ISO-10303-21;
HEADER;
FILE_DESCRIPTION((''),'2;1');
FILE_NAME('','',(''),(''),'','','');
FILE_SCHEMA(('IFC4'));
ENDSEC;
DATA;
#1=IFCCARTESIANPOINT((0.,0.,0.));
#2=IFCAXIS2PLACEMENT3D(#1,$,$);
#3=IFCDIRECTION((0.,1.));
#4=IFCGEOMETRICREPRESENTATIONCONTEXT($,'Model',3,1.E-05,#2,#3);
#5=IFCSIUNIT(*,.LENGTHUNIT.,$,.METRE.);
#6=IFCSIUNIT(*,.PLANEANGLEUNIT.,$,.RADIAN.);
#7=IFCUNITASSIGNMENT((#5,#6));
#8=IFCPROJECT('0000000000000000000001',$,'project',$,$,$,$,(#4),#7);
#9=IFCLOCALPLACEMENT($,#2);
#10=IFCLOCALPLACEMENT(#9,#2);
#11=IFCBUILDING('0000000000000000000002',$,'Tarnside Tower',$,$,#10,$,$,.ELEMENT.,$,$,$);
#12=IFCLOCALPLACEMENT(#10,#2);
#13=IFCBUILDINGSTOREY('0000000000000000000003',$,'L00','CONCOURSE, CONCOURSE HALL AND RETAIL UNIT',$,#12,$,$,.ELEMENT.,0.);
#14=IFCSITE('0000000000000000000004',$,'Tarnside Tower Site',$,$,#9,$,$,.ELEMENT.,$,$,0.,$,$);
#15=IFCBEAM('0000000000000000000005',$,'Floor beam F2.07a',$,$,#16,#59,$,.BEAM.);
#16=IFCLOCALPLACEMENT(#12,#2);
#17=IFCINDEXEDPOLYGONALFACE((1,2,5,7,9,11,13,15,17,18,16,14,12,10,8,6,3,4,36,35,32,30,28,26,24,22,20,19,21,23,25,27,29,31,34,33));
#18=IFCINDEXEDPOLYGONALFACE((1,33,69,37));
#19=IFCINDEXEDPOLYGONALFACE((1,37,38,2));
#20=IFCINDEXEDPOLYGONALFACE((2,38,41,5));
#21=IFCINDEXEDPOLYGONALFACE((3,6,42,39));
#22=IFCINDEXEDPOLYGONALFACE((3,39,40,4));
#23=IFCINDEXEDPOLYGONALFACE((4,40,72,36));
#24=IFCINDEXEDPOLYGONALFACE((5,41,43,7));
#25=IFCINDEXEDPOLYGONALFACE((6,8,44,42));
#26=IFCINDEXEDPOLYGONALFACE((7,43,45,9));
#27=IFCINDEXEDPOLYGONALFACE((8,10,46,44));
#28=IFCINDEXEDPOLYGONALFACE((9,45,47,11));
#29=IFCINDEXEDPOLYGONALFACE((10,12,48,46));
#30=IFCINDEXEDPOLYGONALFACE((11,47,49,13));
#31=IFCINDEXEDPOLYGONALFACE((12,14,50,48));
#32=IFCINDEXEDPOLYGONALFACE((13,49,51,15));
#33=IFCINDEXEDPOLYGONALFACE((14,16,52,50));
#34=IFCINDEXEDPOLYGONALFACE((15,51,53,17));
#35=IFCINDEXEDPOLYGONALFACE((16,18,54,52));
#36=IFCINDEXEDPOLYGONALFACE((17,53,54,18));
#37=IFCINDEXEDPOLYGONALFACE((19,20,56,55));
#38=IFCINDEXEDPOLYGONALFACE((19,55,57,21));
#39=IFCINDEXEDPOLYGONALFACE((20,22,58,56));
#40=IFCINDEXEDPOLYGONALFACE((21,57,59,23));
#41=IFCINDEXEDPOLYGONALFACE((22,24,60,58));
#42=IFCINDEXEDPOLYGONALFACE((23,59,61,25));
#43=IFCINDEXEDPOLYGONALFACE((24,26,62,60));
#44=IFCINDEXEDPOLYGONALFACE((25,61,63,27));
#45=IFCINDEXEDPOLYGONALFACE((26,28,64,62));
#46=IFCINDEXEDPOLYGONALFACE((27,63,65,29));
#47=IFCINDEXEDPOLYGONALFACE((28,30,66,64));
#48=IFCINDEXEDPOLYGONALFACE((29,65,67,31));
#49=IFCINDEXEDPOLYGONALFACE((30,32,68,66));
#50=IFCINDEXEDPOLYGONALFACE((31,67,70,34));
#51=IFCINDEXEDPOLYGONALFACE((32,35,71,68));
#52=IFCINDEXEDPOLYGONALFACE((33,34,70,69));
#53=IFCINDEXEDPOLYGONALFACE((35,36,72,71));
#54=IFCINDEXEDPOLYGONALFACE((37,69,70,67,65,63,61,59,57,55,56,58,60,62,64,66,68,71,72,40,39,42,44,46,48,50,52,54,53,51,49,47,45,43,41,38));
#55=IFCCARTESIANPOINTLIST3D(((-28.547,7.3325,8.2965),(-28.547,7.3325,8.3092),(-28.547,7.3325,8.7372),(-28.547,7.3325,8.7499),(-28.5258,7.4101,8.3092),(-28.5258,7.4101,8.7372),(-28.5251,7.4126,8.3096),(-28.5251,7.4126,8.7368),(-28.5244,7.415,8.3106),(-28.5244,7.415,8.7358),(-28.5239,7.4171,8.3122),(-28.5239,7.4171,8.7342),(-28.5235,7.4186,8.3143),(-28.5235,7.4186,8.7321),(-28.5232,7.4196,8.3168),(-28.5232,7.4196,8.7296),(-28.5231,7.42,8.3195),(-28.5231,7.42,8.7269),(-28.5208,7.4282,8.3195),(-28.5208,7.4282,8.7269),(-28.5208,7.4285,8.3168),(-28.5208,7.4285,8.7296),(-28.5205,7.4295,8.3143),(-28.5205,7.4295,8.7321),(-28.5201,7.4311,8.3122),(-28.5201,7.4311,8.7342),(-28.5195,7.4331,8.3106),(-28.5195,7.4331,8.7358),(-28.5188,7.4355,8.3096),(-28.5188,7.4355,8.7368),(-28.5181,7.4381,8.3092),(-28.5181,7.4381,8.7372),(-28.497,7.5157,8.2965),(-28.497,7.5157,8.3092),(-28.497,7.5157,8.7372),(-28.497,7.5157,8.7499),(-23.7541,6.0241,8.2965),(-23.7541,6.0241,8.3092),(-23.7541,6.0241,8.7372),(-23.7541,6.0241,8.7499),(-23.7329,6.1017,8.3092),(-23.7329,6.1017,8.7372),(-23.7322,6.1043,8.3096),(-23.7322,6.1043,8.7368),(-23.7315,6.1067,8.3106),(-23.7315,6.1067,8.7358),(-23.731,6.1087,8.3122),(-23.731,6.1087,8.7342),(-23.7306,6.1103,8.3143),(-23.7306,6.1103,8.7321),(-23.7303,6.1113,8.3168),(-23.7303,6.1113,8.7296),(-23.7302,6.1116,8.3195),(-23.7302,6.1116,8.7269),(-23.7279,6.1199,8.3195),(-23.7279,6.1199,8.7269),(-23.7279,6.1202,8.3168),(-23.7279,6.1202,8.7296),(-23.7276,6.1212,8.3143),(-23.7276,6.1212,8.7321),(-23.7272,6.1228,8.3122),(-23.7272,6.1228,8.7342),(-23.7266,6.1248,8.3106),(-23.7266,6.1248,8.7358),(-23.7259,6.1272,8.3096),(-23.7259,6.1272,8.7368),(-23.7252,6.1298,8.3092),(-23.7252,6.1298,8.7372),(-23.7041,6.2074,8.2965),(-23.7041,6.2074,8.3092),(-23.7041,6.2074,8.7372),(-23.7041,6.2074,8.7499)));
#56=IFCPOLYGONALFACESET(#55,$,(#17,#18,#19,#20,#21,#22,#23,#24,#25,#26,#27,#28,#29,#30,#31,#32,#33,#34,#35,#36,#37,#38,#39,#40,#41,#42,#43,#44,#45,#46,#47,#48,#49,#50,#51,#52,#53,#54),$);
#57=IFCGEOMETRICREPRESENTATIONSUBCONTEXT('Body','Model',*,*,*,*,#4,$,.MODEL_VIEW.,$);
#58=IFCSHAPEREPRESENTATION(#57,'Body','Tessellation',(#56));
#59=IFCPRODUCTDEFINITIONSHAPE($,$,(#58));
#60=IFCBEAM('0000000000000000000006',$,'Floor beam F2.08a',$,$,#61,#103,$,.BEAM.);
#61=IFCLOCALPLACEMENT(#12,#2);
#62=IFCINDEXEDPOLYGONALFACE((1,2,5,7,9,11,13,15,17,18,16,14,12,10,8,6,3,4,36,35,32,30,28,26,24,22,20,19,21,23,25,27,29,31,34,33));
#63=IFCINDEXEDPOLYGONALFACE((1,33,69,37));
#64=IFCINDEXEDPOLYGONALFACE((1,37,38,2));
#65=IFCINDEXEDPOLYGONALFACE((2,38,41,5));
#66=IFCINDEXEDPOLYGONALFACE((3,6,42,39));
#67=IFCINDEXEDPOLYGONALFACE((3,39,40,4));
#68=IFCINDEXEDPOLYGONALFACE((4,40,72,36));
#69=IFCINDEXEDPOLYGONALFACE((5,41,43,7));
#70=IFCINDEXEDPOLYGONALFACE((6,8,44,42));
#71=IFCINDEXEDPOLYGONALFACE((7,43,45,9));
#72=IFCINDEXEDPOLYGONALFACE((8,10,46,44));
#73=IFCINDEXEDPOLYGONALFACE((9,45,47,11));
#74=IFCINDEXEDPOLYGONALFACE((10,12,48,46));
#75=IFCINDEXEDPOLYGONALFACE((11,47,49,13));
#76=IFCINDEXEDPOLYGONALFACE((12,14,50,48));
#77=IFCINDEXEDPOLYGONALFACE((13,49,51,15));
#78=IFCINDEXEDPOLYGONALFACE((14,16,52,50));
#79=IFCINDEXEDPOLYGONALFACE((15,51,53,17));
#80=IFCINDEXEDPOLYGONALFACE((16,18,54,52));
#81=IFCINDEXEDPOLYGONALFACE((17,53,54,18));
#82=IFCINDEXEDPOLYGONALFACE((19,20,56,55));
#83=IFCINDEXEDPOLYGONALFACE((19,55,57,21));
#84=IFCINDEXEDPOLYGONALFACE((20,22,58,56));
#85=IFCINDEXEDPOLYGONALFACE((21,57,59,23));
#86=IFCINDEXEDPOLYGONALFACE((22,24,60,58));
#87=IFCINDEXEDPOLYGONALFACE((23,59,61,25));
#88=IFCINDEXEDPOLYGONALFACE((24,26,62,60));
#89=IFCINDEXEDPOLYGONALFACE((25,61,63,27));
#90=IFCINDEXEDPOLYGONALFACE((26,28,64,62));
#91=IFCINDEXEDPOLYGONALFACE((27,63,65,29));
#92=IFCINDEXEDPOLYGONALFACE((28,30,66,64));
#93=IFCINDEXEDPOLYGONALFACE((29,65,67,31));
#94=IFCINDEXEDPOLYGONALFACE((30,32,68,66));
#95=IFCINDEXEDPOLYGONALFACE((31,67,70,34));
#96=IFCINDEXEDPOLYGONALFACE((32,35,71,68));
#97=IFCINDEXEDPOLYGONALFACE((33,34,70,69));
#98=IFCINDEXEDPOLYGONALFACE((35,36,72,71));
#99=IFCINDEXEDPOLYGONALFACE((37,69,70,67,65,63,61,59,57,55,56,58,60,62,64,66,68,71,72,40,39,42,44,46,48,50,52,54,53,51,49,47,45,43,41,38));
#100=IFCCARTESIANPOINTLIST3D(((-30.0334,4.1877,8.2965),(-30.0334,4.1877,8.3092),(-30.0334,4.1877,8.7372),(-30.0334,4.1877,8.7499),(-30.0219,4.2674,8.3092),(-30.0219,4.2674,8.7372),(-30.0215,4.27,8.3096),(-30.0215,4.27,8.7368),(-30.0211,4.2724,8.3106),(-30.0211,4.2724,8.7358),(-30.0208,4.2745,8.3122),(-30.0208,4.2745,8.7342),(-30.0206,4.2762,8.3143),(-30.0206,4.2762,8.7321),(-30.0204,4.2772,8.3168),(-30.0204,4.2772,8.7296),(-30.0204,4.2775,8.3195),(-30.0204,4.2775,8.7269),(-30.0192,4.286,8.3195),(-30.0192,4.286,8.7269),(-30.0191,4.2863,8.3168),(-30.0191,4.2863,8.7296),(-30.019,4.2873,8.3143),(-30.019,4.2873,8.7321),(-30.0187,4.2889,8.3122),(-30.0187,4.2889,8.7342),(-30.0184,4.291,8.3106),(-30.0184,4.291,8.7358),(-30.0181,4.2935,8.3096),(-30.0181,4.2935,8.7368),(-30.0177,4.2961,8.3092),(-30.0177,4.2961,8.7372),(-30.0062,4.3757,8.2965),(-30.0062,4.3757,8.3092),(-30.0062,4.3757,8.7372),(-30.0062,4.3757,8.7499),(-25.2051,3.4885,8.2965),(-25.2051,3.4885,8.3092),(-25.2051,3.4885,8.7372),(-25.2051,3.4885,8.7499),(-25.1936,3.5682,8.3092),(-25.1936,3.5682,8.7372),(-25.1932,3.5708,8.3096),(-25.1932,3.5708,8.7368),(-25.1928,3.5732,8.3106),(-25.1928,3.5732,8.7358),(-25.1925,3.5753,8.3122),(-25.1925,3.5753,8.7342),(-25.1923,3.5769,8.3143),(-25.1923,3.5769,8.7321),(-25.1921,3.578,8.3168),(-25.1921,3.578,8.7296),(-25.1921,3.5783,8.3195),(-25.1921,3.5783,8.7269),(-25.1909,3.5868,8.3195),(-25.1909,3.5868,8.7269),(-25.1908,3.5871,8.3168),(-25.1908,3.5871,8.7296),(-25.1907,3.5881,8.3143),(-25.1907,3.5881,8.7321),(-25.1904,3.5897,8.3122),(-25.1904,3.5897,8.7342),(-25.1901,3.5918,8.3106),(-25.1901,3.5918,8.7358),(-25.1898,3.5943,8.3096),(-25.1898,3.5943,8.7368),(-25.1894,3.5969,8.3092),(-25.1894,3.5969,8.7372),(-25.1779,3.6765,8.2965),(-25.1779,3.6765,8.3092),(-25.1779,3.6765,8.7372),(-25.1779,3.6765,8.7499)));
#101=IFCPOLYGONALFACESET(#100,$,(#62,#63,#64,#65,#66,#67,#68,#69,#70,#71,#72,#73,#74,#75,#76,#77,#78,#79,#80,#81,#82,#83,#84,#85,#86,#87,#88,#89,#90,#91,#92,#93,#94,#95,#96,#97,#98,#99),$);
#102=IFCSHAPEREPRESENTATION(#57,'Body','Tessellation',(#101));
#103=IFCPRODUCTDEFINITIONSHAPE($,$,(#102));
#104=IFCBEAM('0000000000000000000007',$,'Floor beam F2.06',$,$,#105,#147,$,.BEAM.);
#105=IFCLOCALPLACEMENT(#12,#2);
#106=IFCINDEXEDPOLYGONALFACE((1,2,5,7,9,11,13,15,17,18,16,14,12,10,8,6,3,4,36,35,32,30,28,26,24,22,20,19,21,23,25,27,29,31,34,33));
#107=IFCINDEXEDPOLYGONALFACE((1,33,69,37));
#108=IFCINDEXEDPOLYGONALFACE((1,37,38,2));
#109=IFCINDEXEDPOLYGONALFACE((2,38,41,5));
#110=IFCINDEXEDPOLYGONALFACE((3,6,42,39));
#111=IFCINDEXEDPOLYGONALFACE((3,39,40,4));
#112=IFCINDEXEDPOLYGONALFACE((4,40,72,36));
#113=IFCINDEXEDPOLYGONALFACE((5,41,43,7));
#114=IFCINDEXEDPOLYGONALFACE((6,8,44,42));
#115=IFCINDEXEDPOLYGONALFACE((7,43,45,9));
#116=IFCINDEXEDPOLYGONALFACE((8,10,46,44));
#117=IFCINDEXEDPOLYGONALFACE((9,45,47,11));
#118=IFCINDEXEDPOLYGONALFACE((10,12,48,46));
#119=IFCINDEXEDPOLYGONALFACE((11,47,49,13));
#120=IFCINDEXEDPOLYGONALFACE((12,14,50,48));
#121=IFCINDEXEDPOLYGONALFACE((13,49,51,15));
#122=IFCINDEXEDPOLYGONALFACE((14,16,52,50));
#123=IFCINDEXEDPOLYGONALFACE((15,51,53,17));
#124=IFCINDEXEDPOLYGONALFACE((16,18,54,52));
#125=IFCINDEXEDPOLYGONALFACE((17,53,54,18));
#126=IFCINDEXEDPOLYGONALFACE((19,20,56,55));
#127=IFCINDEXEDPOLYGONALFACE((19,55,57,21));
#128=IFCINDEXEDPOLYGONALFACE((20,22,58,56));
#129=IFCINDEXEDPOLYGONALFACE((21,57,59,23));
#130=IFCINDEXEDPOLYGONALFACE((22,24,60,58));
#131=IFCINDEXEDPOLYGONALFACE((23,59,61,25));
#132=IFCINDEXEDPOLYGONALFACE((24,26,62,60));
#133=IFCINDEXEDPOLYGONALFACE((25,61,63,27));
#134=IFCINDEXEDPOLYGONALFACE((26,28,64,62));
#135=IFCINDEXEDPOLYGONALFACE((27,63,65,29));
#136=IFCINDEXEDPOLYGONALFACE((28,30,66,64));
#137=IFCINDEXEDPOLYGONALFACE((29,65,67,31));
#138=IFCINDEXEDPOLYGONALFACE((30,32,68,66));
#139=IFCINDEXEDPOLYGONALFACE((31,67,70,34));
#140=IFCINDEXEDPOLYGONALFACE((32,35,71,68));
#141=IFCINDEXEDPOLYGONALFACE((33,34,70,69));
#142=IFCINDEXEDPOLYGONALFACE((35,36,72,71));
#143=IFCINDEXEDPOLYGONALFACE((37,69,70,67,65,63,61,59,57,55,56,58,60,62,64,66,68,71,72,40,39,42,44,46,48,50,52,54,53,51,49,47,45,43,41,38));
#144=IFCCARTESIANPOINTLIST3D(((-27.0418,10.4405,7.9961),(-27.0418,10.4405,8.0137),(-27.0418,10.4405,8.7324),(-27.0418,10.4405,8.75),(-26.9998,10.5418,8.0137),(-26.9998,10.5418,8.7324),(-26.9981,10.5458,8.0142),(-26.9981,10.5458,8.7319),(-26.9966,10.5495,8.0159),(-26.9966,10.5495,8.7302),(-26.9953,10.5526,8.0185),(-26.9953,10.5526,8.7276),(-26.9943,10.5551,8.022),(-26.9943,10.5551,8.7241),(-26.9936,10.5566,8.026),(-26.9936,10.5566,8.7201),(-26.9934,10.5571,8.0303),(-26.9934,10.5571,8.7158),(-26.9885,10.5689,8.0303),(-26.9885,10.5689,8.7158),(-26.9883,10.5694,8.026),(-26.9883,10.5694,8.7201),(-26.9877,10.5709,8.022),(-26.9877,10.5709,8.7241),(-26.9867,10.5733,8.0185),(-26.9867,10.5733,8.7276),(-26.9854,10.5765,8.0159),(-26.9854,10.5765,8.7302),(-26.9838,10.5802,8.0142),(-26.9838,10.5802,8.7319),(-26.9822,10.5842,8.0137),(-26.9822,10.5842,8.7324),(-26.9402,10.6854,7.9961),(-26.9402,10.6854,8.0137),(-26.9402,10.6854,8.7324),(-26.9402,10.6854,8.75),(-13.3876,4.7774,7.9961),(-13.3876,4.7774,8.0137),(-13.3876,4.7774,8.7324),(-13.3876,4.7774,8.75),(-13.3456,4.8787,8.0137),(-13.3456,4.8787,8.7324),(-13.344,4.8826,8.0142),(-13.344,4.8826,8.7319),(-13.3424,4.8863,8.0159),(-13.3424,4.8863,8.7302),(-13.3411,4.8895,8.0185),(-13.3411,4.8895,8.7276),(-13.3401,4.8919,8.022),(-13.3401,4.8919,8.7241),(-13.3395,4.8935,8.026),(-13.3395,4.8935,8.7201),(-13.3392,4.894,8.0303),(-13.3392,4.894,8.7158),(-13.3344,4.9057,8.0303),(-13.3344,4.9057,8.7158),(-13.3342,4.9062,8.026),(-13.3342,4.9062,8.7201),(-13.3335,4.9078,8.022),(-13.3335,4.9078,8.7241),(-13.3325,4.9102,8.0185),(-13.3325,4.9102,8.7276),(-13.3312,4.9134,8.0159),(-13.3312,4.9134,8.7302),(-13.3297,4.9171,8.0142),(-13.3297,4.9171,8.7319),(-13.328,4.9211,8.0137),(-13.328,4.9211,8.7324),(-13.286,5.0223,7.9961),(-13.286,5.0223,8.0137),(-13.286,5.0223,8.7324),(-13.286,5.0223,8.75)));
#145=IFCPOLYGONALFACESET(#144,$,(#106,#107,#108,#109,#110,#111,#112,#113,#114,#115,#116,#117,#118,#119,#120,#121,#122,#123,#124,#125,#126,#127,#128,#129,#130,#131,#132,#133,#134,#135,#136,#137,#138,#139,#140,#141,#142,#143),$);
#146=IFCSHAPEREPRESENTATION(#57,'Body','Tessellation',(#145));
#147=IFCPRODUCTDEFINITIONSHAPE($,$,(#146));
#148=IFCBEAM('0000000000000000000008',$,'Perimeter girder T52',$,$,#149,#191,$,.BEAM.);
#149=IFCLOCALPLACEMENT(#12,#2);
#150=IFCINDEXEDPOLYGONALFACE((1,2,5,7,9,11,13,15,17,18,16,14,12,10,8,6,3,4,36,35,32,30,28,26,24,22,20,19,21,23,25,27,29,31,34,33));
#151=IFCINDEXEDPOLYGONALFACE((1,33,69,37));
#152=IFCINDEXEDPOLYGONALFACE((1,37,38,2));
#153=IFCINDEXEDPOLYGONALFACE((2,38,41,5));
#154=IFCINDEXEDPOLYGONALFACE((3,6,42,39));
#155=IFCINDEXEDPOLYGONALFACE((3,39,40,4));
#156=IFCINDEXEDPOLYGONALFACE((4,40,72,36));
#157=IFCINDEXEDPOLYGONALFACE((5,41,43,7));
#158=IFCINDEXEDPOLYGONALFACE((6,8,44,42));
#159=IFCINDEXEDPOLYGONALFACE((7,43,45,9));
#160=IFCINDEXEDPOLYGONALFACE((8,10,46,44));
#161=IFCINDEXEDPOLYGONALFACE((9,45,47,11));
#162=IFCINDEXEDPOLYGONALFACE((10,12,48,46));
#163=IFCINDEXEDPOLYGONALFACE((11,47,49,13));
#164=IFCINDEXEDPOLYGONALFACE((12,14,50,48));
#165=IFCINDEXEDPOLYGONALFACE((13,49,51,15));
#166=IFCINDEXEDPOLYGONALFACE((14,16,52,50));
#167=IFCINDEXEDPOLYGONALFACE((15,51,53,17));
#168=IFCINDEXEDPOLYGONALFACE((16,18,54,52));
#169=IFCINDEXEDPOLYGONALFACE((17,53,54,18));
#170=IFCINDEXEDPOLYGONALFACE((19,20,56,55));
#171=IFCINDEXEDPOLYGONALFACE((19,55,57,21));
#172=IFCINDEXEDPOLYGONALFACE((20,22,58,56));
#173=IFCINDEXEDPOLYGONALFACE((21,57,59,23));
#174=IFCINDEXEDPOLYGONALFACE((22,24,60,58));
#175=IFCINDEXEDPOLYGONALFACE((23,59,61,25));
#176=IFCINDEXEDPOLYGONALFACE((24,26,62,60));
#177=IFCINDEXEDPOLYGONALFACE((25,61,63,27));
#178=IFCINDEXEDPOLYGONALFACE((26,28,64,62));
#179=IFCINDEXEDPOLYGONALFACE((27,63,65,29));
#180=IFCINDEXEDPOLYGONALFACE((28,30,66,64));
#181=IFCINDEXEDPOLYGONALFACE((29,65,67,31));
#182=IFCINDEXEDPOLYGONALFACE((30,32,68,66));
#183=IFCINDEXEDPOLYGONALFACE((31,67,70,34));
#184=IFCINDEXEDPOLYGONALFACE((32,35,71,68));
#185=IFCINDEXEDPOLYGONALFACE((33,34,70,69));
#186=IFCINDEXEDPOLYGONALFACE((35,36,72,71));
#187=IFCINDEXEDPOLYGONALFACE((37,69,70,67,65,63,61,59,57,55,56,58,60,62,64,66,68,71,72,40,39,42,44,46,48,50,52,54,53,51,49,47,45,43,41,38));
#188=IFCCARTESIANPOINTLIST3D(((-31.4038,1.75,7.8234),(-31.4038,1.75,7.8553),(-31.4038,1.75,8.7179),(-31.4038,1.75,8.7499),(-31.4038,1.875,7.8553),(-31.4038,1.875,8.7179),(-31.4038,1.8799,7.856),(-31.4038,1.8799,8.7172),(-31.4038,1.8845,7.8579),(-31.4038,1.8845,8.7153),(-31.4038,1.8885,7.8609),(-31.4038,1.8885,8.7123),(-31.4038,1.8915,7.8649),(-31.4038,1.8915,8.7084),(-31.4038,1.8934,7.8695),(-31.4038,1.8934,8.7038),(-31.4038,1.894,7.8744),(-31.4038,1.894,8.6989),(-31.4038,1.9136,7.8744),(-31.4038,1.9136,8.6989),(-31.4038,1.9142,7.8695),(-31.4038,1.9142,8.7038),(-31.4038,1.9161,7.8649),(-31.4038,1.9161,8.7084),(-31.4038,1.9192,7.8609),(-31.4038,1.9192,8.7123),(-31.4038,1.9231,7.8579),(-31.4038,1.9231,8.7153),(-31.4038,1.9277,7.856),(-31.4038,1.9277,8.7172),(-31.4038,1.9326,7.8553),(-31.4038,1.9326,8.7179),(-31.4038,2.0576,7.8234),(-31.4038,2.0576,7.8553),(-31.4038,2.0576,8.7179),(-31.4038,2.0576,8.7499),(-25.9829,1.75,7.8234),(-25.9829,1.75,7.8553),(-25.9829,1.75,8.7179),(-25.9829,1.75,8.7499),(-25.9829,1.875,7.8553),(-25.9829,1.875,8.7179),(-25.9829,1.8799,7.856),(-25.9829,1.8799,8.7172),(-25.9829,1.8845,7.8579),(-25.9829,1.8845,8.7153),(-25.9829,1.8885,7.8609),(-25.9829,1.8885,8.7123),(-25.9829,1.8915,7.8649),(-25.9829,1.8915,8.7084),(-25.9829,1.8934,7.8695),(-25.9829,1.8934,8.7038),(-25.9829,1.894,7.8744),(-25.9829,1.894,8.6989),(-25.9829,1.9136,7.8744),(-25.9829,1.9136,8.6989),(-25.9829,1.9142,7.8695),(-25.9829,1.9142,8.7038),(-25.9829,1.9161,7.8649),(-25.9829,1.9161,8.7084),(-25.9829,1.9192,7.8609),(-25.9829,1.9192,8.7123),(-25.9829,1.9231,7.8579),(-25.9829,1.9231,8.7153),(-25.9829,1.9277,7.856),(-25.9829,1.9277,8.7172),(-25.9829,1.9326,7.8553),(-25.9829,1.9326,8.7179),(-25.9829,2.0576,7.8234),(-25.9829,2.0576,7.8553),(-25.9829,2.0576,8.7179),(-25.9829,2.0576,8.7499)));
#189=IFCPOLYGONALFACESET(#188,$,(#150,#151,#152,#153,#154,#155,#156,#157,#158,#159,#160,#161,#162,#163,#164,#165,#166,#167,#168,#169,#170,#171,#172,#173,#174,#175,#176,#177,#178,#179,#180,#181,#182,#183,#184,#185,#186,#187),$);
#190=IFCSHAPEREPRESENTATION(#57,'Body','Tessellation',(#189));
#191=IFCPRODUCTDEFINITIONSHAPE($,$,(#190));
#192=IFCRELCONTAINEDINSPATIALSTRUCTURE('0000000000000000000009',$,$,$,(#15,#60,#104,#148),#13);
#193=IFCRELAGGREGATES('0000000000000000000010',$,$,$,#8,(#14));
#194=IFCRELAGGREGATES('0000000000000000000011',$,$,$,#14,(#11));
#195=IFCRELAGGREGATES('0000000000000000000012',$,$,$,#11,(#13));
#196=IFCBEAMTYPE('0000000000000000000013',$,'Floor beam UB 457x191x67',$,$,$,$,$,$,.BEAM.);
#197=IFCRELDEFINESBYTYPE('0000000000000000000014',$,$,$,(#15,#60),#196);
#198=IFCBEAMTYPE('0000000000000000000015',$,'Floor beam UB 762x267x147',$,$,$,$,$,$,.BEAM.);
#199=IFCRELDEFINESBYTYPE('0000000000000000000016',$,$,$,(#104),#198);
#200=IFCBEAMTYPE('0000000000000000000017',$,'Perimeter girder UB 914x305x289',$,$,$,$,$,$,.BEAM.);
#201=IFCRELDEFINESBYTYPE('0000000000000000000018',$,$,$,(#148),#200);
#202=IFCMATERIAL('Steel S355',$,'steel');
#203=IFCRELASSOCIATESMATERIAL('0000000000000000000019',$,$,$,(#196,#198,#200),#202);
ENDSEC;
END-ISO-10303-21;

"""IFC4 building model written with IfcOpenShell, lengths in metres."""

from ifc_helpers import new_model, si_unit, direction, frame, origin, origin_2d, place, context, subcontext, project, spatial, i_section, extrude, material, material_profile, profile_set, type_object, element, save


model = new_model("IFC4")

# Units and contexts
model_context = context("Model", 3, precision=1e-05, world=origin(), true_north=direction((0.0, 1.0)))
body_context = subcontext(model_context, "Body", "Model", "MODEL_VIEW")
ifc_project = project(units=[si_unit("LENGTHUNIT", "METRE"), si_unit("PLANEANGLEUNIT", "RADIAN")], contexts=[model_context])

# Site, building, storey
site_placement = place(None, origin())
site = spatial("IfcSite", under=ifc_project, at=site_placement, Name="Tarnside Tower Site", CompositionType="ELEMENT", RefElevation=0.0)
building_placement = place(site_placement, origin())
building = spatial("IfcBuilding", under=site, at=building_placement, Name="Tarnside Tower", CompositionType="ELEMENT")
storey_placement = place(building_placement, origin())
storey = spatial("IfcBuildingStorey", under=building, at=storey_placement, Name="L00", Description="CONCOURSE, CONCOURSE HALL AND RETAIL UNIT", CompositionType="ELEMENT", Elevation=0.0)

# Beams
ifc_material_1 = material(Name="Steel S355", Category="steel")
ifc_material_profile_1 = material_profile(ifc_material_1, i_section(OverallWidth=0.1899, OverallDepth=0.4534, WebThickness=0.0085, FlangeThickness=0.0127, FilletRadius=0.0103, at=origin_2d()), Name="UB 457x191x67")
ifc_profile_set_1 = profile_set([ifc_material_profile_1], Name="Steel S355")
beam_type_1 = type_object("IfcBeamType", Name="Floor beam UB 457x191x67", PredefinedType="BEAM", material=ifc_profile_set_1)
beam_1_placement = place(storey_placement, frame((-28.522, 7.4241, 8.5232), z_axis=(0.964704, -0.263338, 0.0), x_axis=(0.263338, 0.964704, 0.0)))
element("IfcBeam", 1, at=beam_1_placement, inside=storey, type_object=beam_type_1, Name="Floor beam F2.07a", PredefinedType="BEAM", context=body_context, shape_type="SweptSolid", body=[
    extrude(i_section(OverallWidth=0.1899, OverallDepth=0.4534, WebThickness=0.0085, FlangeThickness=0.0127, FilletRadius=0.0103, at=origin_2d()), origin(), (0.0, 0.0, 1.0), 4.9683),
])
beam_2_placement = place(storey_placement, frame((-30.0198, 4.2817, 8.5232), z_axis=(0.989676, -0.14332, 0.0), x_axis=(0.14332, 0.989676, 0.0)))
element("IfcBeam", 2, at=beam_2_placement, inside=storey, type_object=beam_type_1, Name="Floor beam F2.08a", PredefinedType="BEAM", context=body_context, shape_type="SweptSolid", body=[
    extrude(i_section(OverallWidth=0.1899, OverallDepth=0.4534, WebThickness=0.0085, FlangeThickness=0.0127, FilletRadius=0.0103, at=origin_2d()), origin(), (0.0, 0.0, 1.0), 4.8787),
])
ifc_material_profile_2 = material_profile(ifc_material_1, i_section(OverallWidth=0.2651, OverallDepth=0.7539, WebThickness=0.0127, FlangeThickness=0.0176, FilletRadius=0.0166, at=origin_2d()), Name="UB 762x267x147")
ifc_profile_set_2 = profile_set([ifc_material_profile_2], Name="Steel S355")
beam_type_2 = type_object("IfcBeamType", Name="Floor beam UB 762x267x147", PredefinedType="BEAM", material=ifc_profile_set_2)
beam_3_placement = place(storey_placement, frame((-26.991, 10.563, 8.373), z_axis=(0.923703, -0.38311, 0.0), x_axis=(0.38311, 0.923703, 0.0)))
element("IfcBeam", 3, at=beam_3_placement, inside=storey, type_object=beam_type_2, Name="Floor beam F2.06", PredefinedType="BEAM", context=body_context, shape_type="SweptSolid", body=[
    extrude(i_section(OverallWidth=0.2651, OverallDepth=0.7539, WebThickness=0.0127, FlangeThickness=0.0176, FilletRadius=0.0166, at=origin_2d()), origin(), (0.0, 0.0, 1.0), 14.782),
])
ifc_material_profile_3 = material_profile(ifc_material_1, i_section(OverallWidth=0.3076, OverallDepth=0.9265, WebThickness=0.0195, FlangeThickness=0.032, FilletRadius=0.019, at=origin_2d()), Name="UB 914x305x289")
ifc_profile_set_3 = profile_set([ifc_material_profile_3], Name="Steel S355")
beam_type_3 = type_object("IfcBeamType", Name="Perimeter girder UB 914x305x289", PredefinedType="BEAM", material=ifc_profile_set_3)
beam_4_placement = place(storey_placement, frame((-31.4038, 1.9038, 8.2866), z_axis=(1.0, 0.0, 0.0), x_axis=(0.0, 1.0, 0.0)))
element("IfcBeam", 4, at=beam_4_placement, inside=storey, type_object=beam_type_3, Name="Perimeter girder T52", PredefinedType="BEAM", context=body_context, shape_type="SweptSolid", body=[
    extrude(i_section(OverallWidth=0.3076, OverallDepth=0.9265, WebThickness=0.0195, FlangeThickness=0.032, FilletRadius=0.019, at=origin_2d()), origin(), (0.0, 0.0, 1.0), 5.4209),
])

save(model, "model.ifc")
